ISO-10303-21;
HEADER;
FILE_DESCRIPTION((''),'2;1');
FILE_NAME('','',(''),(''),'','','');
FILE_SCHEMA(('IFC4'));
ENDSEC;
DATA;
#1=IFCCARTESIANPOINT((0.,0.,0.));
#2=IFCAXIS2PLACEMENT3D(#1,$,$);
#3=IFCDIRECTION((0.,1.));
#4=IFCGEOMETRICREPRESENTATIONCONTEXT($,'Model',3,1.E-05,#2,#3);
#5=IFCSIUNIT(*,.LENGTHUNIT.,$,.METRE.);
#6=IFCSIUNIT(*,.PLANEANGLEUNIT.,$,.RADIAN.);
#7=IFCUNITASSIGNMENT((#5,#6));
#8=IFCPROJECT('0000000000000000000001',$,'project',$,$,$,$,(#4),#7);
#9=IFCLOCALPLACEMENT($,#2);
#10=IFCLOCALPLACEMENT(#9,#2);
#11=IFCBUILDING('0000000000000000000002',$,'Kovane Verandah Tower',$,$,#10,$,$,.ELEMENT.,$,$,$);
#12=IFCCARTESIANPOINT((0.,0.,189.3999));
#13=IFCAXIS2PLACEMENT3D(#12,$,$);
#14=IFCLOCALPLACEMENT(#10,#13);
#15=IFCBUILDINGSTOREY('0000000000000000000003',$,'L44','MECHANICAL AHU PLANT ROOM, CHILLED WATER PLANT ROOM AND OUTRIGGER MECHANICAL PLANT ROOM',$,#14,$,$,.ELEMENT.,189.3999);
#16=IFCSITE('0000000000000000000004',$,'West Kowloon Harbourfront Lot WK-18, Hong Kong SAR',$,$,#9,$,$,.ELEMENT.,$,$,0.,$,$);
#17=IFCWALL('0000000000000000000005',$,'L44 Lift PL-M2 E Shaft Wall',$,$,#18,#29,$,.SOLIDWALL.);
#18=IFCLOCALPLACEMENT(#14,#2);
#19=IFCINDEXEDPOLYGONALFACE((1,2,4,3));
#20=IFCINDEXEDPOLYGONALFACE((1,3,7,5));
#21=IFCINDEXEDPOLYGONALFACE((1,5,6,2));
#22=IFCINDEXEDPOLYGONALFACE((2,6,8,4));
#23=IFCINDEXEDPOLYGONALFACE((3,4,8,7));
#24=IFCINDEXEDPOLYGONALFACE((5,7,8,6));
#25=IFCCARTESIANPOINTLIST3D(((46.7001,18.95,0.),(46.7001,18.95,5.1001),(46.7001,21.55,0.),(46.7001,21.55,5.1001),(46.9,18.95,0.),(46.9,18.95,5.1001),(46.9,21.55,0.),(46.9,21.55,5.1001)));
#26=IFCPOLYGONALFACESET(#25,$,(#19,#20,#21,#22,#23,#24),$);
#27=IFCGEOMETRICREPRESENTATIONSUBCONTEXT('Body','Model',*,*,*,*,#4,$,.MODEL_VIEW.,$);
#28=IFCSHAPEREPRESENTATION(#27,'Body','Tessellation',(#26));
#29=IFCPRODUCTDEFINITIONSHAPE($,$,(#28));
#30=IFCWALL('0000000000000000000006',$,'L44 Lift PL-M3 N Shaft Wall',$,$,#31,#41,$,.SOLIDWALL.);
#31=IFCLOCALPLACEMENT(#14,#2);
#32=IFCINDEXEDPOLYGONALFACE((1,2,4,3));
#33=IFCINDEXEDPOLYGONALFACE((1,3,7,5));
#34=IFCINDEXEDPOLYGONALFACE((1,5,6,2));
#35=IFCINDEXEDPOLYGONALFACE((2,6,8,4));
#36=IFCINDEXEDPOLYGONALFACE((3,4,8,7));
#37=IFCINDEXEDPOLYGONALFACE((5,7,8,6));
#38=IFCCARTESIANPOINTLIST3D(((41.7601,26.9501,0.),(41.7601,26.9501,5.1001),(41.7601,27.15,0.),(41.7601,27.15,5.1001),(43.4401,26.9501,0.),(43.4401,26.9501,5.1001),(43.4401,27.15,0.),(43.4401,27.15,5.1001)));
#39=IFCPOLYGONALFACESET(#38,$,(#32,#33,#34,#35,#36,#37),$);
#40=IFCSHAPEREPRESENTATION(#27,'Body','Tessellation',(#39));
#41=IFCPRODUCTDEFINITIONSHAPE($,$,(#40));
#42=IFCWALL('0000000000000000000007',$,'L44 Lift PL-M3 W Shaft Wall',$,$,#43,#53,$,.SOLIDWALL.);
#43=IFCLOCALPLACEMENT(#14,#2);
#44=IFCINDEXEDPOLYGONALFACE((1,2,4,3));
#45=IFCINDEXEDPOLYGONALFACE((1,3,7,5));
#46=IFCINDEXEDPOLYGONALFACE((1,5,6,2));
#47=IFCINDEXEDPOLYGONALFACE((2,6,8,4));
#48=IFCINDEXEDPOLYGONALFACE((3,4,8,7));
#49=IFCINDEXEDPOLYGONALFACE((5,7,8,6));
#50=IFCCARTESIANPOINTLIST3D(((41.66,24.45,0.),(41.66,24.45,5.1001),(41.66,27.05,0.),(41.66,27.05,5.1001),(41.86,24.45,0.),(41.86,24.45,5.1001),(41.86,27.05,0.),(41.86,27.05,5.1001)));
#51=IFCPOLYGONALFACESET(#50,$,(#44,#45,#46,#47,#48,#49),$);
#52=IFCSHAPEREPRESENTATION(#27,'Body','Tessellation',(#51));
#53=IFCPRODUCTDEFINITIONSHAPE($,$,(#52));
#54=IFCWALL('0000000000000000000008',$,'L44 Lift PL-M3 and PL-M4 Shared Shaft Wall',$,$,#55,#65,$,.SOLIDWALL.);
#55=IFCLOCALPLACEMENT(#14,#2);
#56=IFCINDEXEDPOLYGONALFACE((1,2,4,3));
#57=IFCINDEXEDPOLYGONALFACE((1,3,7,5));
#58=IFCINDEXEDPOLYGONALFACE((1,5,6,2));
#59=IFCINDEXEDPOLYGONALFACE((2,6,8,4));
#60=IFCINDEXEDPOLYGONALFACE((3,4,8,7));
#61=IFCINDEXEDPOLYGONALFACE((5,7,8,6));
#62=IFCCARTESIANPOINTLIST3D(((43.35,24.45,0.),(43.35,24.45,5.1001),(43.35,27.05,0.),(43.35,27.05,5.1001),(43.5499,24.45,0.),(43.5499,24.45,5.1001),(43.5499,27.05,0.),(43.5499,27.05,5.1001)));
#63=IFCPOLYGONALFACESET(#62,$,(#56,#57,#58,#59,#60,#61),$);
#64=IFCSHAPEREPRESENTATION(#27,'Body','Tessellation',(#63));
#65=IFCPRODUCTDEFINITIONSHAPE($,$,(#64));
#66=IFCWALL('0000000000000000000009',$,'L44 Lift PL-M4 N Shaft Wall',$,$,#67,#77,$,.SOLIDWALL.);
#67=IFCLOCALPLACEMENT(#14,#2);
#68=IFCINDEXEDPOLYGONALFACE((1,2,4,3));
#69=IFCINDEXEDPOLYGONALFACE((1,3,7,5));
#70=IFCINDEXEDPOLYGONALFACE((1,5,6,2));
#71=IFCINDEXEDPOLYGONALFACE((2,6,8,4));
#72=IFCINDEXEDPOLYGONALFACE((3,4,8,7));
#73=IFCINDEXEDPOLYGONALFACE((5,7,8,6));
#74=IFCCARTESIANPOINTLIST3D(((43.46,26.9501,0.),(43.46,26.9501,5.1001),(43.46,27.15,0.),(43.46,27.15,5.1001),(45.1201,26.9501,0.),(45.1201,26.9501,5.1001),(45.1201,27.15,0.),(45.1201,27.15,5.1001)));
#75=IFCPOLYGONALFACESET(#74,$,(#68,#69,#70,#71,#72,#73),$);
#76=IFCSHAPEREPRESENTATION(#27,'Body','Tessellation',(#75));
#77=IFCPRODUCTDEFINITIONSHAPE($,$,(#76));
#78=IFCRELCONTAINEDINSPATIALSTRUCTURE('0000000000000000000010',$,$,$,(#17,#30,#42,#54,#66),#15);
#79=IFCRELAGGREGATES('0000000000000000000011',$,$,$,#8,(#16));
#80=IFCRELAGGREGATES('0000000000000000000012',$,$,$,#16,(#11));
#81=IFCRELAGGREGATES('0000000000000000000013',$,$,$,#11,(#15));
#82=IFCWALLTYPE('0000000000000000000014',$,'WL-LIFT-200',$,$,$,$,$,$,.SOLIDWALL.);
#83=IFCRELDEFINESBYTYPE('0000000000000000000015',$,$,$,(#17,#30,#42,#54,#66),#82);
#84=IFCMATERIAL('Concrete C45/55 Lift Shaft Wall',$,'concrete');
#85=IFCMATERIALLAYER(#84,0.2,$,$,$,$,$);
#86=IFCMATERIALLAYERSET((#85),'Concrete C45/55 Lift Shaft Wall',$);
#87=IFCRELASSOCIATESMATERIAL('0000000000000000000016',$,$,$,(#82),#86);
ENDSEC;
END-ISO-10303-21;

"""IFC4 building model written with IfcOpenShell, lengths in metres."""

from ifc_helpers import new_model, si_unit, direction, frame, frame_2d, origin, place, context, subcontext, project, spatial, rectangle, extrude, material, layer, layer_set, type_object, element, save


model = new_model("IFC4")

# Units and contexts
model_context = context("Model", 3, precision=1e-05, world=origin(), true_north=direction((0.0, 1.0)))
body_context = subcontext(model_context, "Body", "Model", "MODEL_VIEW")
ifc_project = project(units=[si_unit("LENGTHUNIT", "METRE"), si_unit("PLANEANGLEUNIT", "RADIAN")], contexts=[model_context])

# Site, building, storey
site_placement = place(None, origin())
site = spatial("IfcSite", under=ifc_project, at=site_placement, Name="West Kowloon Harbourfront Lot WK-18, Hong Kong SAR", CompositionType="ELEMENT", RefElevation=0.0)
building_placement = place(site_placement, origin())
building = spatial("IfcBuilding", under=site, at=building_placement, Name="Kovane Verandah Tower", CompositionType="ELEMENT")
storey_placement = place(building_placement, frame((0.0, 0.0, 189.3999)))
storey = spatial("IfcBuildingStorey", under=building, at=storey_placement, Name="L44", Description="MECHANICAL AHU PLANT ROOM, CHILLED WATER PLANT ROOM AND OUTRIGGER MECHANICAL PLANT ROOM", CompositionType="ELEMENT", Elevation=189.3999)

# Shared definitions
ifc_material_1 = material(Name="Concrete C45/55 Lift Shaft Wall", Category="concrete")
ifc_layer_1 = layer(ifc_material_1, 0.2)
ifc_layer_set_1 = layer_set([ifc_layer_1], Name="Concrete C45/55 Lift Shaft Wall")
wall_type_1 = type_object("IfcWallType", Name="WL-LIFT-200", PredefinedType="SOLIDWALL", material=ifc_layer_set_1)

# Wall
wall_1_placement = place(storey_placement, frame((46.8, 18.95, 0.0), z_axis=(0.0, 0.0, 1.0), x_axis=(0.0, 1.0, 0.0)))
element("IfcWall", 1, at=wall_1_placement, inside=storey, type_object=wall_type_1, Name="L44 Lift PL-M2 E Shaft Wall", PredefinedType="SOLIDWALL", context=body_context, shape_type="SweptSolid", body=[
    extrude(rectangle(XDim=2.6001, YDim=0.2, at=frame_2d((1.3, 0.0))), origin(), (0.0, 0.0, 1.0), 5.1001),
])

# Walls
wall_2_placement = place(storey_placement, frame((43.4399, 27.05, 0.0), z_axis=(0.0, 0.0, 1.0), x_axis=(-1.0, 0.0, 0.0)))
element("IfcWall", 2, at=wall_2_placement, inside=storey, type_object=wall_type_1, Name="L44 Lift PL-M3 N Shaft Wall", PredefinedType="SOLIDWALL", context=body_context, shape_type="SweptSolid", body=[
    extrude(rectangle(XDim=1.6799, YDim=0.2, at=frame_2d((0.8398, 0.0))), origin(), (0.0, 0.0, 1.0), 5.1001),
])
for number, where, z_axis, x_axis, name in (
    (3, (41.76, 27.05, 0.0), (0.0, 0.0, 1.0), (0.0, -1.0, 0.0), "L44 Lift PL-M3 W Shaft Wall"),
    (4, (43.45, 24.45, 0.0), (0.0, 0.0, 1.0), (0.0, 1.0, 0.0), "L44 Lift PL-M3 and PL-M4 Shared Shaft Wall"),
):
    element("IfcWall", number, at=place(storey_placement, frame(where, z_axis=z_axis, x_axis=x_axis)), inside=storey, type_object=wall_type_1, Name=name, PredefinedType="SOLIDWALL", context=body_context, shape_type="SweptSolid", body=[
        extrude(rectangle(XDim=2.6001, YDim=0.2, at=frame_2d((1.3, 0.0))), origin(), (0.0, 0.0, 1.0), 5.1001),
    ])

# Wall
wall_3_placement = place(storey_placement, frame((45.1201, 27.05, 0.0), z_axis=(0.0, 0.0, 1.0), x_axis=(-1.0, 0.0, 0.0)))
element("IfcWall", 5, at=wall_3_placement, inside=storey, type_object=wall_type_1, Name="L44 Lift PL-M4 N Shaft Wall", PredefinedType="SOLIDWALL", context=body_context, shape_type="SweptSolid", body=[
    extrude(rectangle(XDim=1.6602, YDim=0.2, at=frame_2d((0.8301, 0.0))), origin(), (0.0, 0.0, 1.0), 5.1001),
])

save(model, "model.ifc")
